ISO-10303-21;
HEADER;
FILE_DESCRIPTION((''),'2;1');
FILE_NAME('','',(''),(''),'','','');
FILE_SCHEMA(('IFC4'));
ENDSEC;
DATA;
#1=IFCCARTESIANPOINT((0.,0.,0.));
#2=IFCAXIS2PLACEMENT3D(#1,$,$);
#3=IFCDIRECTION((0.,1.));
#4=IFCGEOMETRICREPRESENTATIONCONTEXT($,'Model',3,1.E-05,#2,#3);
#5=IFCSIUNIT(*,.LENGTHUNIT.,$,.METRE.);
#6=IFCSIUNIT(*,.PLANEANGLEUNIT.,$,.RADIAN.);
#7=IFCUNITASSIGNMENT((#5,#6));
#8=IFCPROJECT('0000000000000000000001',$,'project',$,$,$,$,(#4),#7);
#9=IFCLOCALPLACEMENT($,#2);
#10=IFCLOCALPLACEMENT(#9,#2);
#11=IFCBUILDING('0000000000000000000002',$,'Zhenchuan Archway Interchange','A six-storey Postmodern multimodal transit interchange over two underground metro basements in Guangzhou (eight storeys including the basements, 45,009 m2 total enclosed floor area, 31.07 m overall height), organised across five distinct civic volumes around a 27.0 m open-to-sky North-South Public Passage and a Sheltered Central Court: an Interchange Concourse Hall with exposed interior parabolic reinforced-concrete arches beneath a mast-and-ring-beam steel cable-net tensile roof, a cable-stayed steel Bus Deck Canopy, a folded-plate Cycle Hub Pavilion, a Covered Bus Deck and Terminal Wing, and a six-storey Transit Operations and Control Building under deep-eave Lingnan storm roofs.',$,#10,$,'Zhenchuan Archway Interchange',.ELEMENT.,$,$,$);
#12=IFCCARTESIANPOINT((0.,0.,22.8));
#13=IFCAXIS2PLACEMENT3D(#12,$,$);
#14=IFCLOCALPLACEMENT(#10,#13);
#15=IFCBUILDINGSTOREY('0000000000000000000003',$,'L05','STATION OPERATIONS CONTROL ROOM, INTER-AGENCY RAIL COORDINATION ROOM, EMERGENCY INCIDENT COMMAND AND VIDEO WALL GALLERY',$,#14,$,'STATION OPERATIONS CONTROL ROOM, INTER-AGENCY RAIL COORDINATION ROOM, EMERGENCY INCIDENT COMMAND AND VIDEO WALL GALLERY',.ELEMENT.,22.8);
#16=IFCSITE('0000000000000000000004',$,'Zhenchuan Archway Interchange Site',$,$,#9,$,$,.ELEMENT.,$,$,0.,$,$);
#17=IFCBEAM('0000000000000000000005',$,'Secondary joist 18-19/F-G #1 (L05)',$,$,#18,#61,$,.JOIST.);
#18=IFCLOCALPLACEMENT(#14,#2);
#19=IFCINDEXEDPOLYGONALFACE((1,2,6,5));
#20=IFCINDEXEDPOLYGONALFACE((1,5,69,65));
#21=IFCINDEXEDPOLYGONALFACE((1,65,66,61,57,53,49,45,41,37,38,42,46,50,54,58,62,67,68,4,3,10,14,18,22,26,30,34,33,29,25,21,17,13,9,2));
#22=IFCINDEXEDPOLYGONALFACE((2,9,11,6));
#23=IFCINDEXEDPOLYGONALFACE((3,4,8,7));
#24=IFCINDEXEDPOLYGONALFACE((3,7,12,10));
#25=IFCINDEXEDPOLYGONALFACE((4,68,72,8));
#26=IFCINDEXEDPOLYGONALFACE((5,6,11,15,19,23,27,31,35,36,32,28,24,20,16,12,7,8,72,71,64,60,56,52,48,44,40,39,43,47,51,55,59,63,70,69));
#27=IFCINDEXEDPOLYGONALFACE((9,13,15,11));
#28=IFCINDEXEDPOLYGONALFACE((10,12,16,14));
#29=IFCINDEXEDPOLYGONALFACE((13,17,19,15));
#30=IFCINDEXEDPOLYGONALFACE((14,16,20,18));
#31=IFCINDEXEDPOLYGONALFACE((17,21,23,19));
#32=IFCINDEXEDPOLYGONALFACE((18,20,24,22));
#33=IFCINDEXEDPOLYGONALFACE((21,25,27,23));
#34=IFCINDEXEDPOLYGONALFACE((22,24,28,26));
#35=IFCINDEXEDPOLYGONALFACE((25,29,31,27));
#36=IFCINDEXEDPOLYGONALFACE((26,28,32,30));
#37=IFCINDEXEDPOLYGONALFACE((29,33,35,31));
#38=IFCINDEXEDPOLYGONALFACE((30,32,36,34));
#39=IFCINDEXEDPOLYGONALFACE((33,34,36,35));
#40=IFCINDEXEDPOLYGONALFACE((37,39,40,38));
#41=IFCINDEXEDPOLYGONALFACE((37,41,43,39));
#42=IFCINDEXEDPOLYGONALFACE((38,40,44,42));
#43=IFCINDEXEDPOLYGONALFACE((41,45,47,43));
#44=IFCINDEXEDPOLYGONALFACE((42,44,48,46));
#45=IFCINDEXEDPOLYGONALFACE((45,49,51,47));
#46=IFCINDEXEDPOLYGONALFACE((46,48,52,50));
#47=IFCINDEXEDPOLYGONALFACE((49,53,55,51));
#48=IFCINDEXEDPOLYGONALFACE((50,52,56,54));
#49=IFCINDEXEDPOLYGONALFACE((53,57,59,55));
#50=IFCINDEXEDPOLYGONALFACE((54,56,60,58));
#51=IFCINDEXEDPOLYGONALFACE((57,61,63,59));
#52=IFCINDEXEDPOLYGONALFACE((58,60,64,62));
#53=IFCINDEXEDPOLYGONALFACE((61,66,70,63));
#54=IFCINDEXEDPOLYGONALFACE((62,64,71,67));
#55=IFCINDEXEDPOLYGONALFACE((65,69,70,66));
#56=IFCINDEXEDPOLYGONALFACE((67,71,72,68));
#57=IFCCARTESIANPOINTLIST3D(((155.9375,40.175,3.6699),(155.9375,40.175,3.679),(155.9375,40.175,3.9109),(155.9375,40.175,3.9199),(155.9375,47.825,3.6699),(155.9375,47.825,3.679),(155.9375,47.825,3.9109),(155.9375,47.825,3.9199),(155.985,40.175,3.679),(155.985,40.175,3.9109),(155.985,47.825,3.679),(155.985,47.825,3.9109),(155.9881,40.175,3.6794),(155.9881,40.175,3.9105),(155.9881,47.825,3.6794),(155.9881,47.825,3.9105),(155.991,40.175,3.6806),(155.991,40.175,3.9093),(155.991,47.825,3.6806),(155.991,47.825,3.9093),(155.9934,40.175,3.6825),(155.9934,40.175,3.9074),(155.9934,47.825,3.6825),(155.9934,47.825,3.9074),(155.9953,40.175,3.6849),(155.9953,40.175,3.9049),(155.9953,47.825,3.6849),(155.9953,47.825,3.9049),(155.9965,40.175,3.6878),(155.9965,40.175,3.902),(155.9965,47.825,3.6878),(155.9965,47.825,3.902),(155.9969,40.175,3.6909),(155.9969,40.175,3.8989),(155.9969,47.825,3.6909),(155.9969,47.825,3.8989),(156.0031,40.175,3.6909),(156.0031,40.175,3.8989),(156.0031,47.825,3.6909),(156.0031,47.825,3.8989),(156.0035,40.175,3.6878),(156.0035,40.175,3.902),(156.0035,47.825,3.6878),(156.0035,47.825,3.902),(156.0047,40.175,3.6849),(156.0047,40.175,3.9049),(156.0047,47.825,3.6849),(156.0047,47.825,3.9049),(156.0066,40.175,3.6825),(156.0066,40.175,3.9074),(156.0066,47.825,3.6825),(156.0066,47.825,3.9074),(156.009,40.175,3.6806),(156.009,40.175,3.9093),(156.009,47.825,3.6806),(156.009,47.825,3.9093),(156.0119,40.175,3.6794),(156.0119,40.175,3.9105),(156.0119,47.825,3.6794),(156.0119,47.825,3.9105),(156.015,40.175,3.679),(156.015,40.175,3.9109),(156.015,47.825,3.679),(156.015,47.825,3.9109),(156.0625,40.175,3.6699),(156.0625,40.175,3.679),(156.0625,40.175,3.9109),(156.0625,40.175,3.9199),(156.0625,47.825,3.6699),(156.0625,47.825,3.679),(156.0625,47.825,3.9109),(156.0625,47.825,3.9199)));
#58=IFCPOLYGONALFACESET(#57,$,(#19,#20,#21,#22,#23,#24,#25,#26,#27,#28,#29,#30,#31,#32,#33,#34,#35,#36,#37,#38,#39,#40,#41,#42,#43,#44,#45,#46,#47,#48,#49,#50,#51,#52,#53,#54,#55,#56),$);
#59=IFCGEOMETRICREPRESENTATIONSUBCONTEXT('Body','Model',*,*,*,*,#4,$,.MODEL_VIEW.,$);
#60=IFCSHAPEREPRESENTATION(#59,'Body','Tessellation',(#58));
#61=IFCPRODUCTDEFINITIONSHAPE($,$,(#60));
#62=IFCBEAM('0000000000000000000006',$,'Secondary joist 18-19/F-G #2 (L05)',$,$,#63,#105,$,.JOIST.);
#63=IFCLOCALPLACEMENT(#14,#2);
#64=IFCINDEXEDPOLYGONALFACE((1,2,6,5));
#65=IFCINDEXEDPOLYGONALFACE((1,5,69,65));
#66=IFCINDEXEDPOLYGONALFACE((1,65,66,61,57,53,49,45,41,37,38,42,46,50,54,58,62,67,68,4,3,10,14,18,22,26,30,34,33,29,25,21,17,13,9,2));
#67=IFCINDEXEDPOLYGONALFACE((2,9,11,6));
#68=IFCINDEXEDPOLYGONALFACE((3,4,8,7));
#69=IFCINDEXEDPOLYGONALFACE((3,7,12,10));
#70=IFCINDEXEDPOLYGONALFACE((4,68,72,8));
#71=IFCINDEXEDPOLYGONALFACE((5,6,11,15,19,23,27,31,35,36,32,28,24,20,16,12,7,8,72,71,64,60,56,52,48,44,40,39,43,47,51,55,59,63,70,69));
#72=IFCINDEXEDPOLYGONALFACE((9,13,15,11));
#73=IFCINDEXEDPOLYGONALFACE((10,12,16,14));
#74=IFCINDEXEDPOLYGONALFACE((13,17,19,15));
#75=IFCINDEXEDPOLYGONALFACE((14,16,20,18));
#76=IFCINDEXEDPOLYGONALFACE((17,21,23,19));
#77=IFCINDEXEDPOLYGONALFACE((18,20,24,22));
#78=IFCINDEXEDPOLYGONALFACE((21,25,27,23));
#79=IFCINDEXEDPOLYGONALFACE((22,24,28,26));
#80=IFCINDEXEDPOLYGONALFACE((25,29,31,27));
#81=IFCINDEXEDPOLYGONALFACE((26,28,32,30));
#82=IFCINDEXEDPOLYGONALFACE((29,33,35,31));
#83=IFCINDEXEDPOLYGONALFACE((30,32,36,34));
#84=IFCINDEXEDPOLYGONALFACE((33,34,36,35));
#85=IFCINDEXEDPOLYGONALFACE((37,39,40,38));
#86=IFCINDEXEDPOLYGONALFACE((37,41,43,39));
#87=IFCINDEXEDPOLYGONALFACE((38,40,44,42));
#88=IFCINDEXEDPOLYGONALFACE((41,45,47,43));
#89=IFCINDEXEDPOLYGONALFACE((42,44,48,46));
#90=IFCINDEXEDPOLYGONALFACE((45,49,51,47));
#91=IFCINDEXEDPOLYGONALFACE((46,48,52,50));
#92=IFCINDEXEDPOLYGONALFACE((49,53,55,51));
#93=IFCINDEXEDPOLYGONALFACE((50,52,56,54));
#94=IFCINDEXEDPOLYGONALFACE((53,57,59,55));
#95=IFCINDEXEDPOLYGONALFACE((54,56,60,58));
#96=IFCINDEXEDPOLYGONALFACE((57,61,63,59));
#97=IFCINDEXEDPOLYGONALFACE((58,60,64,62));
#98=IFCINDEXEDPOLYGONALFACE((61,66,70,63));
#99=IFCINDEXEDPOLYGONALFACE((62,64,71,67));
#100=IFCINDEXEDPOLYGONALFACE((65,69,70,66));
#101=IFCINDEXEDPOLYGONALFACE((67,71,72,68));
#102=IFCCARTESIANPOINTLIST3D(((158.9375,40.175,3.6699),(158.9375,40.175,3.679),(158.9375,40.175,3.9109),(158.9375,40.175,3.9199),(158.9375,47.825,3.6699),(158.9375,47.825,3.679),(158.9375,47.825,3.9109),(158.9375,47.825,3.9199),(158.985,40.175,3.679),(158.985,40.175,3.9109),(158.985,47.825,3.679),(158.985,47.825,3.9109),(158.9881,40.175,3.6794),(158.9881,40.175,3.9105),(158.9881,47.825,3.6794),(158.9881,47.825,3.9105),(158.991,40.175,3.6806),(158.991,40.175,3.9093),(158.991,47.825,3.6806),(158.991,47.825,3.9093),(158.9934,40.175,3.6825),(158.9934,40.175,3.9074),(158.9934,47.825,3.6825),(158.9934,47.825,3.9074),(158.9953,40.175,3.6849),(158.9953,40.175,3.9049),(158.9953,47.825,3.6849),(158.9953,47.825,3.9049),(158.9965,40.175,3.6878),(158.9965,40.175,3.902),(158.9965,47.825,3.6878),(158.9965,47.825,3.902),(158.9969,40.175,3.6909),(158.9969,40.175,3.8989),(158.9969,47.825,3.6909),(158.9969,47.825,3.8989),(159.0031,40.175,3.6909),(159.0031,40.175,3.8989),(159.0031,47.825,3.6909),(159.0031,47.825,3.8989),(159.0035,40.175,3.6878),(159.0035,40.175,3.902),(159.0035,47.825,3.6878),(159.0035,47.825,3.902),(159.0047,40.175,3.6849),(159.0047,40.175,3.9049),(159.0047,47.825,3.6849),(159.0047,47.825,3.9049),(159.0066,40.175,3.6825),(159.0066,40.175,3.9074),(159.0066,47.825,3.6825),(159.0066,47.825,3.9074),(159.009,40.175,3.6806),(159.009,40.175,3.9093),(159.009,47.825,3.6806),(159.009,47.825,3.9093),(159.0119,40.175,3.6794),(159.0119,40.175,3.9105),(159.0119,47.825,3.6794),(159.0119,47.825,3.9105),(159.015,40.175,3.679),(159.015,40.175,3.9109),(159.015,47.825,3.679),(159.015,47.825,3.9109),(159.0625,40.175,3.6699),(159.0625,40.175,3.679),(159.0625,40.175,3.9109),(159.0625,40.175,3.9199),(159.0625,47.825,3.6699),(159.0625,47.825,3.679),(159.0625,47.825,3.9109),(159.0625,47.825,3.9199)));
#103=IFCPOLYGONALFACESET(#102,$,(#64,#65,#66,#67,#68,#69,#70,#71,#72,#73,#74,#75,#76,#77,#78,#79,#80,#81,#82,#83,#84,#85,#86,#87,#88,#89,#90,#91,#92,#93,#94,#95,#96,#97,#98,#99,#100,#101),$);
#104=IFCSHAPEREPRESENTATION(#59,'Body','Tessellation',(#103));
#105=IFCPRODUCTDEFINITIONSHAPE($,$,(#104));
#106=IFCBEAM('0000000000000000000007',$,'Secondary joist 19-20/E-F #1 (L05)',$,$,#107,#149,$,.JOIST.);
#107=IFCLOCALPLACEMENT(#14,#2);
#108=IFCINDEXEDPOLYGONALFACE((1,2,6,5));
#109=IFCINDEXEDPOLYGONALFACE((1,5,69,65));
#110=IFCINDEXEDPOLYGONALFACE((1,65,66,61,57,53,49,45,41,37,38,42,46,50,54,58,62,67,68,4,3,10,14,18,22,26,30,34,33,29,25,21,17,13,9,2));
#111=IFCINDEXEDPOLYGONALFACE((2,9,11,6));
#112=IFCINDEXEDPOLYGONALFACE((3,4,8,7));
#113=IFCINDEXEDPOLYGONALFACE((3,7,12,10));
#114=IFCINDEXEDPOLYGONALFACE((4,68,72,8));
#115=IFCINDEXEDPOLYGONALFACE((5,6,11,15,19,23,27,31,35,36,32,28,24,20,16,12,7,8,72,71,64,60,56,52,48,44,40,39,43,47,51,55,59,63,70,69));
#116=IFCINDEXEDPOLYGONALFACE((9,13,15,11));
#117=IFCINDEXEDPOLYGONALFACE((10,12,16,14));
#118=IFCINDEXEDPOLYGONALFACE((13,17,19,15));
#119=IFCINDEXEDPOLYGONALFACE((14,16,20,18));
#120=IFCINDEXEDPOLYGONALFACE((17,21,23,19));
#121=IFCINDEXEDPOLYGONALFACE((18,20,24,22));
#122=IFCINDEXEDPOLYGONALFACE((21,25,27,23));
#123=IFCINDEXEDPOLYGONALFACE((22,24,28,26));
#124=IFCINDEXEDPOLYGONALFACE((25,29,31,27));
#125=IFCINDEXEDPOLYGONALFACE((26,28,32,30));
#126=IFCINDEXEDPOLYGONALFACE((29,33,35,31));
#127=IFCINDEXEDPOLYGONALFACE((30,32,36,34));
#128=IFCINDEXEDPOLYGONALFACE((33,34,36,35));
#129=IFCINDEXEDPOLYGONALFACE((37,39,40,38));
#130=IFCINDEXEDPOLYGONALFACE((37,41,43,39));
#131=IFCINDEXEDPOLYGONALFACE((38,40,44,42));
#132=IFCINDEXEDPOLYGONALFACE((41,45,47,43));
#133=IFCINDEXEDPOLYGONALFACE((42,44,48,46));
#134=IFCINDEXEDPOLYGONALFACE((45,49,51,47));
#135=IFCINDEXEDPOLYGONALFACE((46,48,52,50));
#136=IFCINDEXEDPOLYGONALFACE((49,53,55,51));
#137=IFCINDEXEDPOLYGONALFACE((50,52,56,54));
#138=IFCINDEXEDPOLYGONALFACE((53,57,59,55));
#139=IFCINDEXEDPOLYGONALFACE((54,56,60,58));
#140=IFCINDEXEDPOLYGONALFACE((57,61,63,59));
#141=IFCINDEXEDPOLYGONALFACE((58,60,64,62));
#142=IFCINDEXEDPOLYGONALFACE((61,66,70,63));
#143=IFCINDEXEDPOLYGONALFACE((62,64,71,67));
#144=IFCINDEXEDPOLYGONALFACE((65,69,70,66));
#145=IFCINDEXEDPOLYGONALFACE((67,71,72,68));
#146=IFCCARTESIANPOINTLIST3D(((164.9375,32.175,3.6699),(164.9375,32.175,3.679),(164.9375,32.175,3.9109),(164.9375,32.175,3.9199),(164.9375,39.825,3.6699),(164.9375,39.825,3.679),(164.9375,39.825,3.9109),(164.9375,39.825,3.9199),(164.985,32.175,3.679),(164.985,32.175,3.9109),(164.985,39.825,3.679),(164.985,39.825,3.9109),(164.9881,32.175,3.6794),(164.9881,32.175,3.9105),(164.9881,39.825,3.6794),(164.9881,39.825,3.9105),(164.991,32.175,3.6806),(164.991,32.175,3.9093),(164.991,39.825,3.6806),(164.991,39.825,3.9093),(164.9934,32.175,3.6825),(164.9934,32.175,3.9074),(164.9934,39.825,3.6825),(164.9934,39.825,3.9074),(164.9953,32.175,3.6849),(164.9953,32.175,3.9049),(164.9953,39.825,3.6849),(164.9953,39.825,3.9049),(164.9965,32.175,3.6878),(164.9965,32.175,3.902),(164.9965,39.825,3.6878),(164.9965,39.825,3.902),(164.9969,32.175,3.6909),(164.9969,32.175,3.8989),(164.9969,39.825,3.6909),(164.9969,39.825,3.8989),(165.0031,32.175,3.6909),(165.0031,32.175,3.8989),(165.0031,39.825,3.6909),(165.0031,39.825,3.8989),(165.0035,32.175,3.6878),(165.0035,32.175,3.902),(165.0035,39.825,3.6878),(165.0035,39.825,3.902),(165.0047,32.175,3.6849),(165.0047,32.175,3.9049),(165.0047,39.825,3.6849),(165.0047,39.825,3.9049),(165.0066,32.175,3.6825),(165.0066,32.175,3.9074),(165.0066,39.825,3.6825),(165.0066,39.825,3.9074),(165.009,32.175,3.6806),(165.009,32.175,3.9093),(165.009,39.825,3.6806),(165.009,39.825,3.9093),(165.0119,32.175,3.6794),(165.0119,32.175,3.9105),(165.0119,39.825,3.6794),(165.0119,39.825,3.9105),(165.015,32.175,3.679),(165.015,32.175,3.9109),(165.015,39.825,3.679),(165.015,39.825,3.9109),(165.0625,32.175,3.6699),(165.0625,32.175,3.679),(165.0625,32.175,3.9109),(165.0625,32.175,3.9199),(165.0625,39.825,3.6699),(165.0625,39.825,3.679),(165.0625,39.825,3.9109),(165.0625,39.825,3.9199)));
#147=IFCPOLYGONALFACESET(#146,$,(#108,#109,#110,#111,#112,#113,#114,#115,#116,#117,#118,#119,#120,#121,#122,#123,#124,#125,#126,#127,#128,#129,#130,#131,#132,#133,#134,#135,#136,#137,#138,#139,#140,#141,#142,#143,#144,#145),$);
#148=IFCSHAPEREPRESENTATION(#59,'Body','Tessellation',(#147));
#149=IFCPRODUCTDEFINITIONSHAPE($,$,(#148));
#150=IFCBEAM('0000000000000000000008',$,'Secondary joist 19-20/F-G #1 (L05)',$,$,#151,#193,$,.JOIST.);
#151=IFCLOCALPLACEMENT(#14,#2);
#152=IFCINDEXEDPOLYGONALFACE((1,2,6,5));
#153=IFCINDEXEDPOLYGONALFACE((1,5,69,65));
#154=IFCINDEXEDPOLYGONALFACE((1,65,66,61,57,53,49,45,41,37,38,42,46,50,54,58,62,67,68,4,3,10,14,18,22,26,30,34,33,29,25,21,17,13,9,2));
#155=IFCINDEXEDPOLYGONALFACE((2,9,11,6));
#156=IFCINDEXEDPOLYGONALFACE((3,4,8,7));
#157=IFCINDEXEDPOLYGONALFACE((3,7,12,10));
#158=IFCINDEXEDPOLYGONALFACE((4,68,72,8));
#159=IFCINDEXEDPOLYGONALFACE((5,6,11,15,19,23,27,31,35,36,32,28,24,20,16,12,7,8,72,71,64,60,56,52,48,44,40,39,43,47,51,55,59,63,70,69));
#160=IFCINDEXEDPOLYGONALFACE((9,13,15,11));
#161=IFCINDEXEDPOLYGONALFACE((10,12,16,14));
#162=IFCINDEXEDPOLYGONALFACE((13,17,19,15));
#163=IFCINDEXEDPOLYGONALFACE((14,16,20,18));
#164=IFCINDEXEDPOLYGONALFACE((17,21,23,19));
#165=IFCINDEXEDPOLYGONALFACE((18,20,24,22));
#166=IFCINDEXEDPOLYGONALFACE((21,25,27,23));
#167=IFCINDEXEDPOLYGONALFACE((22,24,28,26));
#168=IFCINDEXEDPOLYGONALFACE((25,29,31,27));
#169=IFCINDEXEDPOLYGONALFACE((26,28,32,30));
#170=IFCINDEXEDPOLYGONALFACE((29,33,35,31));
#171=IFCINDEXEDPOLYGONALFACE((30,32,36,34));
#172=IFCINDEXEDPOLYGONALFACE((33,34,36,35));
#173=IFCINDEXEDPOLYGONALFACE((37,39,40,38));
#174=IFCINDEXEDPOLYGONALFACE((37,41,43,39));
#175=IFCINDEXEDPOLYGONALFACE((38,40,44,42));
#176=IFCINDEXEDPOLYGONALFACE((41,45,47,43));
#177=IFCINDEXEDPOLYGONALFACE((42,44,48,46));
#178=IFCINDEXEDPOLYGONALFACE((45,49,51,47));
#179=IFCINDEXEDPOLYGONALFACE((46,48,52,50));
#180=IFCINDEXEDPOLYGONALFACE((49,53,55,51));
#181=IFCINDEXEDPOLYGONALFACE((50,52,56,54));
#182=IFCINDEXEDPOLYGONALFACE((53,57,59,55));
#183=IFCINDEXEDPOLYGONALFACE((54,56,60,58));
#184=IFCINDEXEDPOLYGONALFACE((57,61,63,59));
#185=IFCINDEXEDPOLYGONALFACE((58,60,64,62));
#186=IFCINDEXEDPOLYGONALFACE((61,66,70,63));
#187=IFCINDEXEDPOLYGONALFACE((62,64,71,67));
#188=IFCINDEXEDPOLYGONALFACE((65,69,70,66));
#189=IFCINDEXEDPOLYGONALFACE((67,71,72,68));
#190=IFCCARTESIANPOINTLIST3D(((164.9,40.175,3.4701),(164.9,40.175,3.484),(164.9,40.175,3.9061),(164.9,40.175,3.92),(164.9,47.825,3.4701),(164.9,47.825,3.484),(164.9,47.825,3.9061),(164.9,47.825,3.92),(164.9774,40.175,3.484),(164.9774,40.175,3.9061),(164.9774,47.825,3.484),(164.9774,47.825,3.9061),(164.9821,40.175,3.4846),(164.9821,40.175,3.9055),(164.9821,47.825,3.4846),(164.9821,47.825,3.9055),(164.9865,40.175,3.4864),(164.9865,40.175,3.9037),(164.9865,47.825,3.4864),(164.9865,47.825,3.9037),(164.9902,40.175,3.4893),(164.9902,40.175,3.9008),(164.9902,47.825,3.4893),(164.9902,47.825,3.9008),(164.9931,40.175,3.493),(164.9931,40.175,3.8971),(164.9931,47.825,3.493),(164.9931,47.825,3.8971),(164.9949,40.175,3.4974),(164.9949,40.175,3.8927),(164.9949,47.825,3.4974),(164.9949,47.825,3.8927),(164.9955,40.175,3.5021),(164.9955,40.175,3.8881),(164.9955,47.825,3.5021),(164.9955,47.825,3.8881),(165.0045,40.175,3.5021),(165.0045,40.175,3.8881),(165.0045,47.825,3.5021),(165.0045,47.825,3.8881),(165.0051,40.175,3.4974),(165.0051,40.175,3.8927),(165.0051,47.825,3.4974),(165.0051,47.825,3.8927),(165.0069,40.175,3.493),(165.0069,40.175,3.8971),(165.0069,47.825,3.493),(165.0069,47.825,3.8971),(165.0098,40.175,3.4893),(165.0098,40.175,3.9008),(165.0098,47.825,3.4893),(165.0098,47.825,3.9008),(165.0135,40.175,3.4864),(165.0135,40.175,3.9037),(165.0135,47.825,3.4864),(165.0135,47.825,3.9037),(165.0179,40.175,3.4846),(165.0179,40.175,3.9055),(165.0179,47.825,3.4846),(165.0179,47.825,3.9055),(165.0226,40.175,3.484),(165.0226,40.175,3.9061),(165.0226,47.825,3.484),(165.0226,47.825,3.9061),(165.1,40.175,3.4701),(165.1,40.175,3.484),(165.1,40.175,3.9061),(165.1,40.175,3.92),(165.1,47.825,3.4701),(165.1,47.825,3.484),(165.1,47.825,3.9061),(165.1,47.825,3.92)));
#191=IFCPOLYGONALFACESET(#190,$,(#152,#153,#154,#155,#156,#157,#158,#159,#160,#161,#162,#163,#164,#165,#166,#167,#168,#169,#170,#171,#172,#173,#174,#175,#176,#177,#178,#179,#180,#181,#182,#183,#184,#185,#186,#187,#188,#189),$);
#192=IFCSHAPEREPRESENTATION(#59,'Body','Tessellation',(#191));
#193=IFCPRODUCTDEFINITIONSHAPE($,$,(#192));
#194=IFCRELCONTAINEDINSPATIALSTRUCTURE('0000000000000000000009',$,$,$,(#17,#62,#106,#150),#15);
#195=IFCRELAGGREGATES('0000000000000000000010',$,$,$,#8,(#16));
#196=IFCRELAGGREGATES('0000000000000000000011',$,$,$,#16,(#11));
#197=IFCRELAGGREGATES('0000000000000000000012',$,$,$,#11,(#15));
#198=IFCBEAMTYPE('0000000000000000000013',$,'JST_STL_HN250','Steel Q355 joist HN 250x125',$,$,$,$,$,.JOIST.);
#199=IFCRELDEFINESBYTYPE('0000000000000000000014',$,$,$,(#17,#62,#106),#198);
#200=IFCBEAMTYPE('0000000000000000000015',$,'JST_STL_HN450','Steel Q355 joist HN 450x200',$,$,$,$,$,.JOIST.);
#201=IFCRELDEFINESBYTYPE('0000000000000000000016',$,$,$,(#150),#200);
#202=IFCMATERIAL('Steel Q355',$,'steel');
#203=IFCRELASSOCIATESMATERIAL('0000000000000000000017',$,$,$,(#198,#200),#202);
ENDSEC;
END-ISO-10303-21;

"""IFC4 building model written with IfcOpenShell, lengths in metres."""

from ifc_helpers import new_model, si_unit, direction, frame, origin, origin_2d, place, context, subcontext, project, spatial, i_section, extrude, material, material_profile, profile_set, type_object, element, save


model = new_model("IFC4")

# Units and contexts
model_context = context("Model", 3, precision=1e-05, world=origin(), true_north=direction((0.0, 1.0)))
body_context = subcontext(model_context, "Body", "Model", "MODEL_VIEW")
ifc_project = project(units=[si_unit("LENGTHUNIT", "METRE"), si_unit("PLANEANGLEUNIT", "RADIAN")], contexts=[model_context])

# Site, building, storey
site_placement = place(None, origin())
site = spatial("IfcSite", under=ifc_project, at=site_placement, Name="Zhenchuan Archway Interchange Site", CompositionType="ELEMENT", RefElevation=0.0)
building_placement = place(site_placement, origin())
building = spatial("IfcBuilding", under=site, at=building_placement, Name="Zhenchuan Archway Interchange", Description="A six-storey Postmodern multimodal transit interchange over two underground metro basements in Guangzhou (eight storeys including the basements, 45,009 m2 total enclosed floor area, 31.07 m overall height), organised across five distinct civic volumes around a 27.0 m open-to-sky North-South Public Passage and a Sheltered Central Court: an Interchange Concourse Hall with exposed interior parabolic reinforced-concrete arches beneath a mast-and-ring-beam steel cable-net tensile roof, a cable-stayed steel Bus Deck Canopy, a folded-plate Cycle Hub Pavilion, a Covered Bus Deck and Terminal Wing, and a six-storey Transit Operations and Control Building under deep-eave Lingnan storm roofs.", LongName="Zhenchuan Archway Interchange", CompositionType="ELEMENT")
storey_placement = place(building_placement, frame((0.0, 0.0, 22.8)))
storey = spatial("IfcBuildingStorey", under=building, at=storey_placement, Name="L05", Description="STATION OPERATIONS CONTROL ROOM, INTER-AGENCY RAIL COORDINATION ROOM, EMERGENCY INCIDENT COMMAND AND VIDEO WALL GALLERY", LongName="STATION OPERATIONS CONTROL ROOM, INTER-AGENCY RAIL COORDINATION ROOM, EMERGENCY INCIDENT COMMAND AND VIDEO WALL GALLERY", CompositionType="ELEMENT", Elevation=22.8)

# Beams
ifc_material_1 = material(Name="Steel Q355", Category="steel")
ifc_material_profile_1 = material_profile(ifc_material_1, i_section(OverallWidth=0.125, OverallDepth=0.25, WebThickness=0.0061, FlangeThickness=0.009, FilletRadius=0.012, at=origin_2d()), Name="HN 250x125")
ifc_profile_set_1 = profile_set([ifc_material_profile_1], Name="Steel Q355")
beam_type_1 = type_object("IfcBeamType", Name="JST_STL_HN250", Description="Steel Q355 joist HN 250x125", PredefinedType="JOIST", material=ifc_profile_set_1)
for number, where, z_axis, x_axis, name in (
    (1, (156.0, 40.175, 3.7949), (0.0, 1.0, 0.0), (-1.0, 0.0, 0.0), "Secondary joist 18-19/F-G #1 (L05)"),
    (2, (159.0, 40.175, 3.7949), (0.0, 1.0, 0.0), (-1.0, 0.0, 0.0), "Secondary joist 18-19/F-G #2 (L05)"),
    (3, (165.0, 32.175, 3.7949), (0.0, 1.0, 0.0), (-1.0, 0.0, 0.0), "Secondary joist 19-20/E-F #1 (L05)"),
):
    element("IfcBeam", number, at=place(storey_placement, frame(where, z_axis=z_axis, x_axis=x_axis)), inside=storey, type_object=beam_type_1, Name=name, PredefinedType="JOIST", context=body_context, shape_type="SweptSolid", body=[
        extrude(i_section(OverallWidth=0.125, OverallDepth=0.25, WebThickness=0.0061, FlangeThickness=0.009, FilletRadius=0.012, at=origin_2d()), origin(), (0.0, 0.0, 1.0), 7.6499),
    ])
ifc_material_profile_2 = material_profile(ifc_material_1, i_section(OverallWidth=0.2, OverallDepth=0.45, WebThickness=0.009, FlangeThickness=0.0139, FilletRadius=0.0181, at=origin_2d()), Name="HN 450x200")
ifc_profile_set_2 = profile_set([ifc_material_profile_2], Name="Steel Q355")
beam_type_2 = type_object("IfcBeamType", Name="JST_STL_HN450", Description="Steel Q355 joist HN 450x200", PredefinedType="JOIST", material=ifc_profile_set_2)
beam_1_placement = place(storey_placement, frame((165.0, 40.175, 3.6951), z_axis=(0.0, 1.0, 0.0), x_axis=(-1.0, 0.0, 0.0)))
element("IfcBeam", 4, at=beam_1_placement, inside=storey, type_object=beam_type_2, Name="Secondary joist 19-20/F-G #1 (L05)", PredefinedType="JOIST", context=body_context, shape_type="SweptSolid", body=[
    extrude(i_section(OverallWidth=0.2, OverallDepth=0.45, WebThickness=0.009, FlangeThickness=0.0139, FilletRadius=0.0181, at=origin_2d()), origin(), (0.0, 0.0, 1.0), 7.6499),
])

save(model, "model.ifc")
